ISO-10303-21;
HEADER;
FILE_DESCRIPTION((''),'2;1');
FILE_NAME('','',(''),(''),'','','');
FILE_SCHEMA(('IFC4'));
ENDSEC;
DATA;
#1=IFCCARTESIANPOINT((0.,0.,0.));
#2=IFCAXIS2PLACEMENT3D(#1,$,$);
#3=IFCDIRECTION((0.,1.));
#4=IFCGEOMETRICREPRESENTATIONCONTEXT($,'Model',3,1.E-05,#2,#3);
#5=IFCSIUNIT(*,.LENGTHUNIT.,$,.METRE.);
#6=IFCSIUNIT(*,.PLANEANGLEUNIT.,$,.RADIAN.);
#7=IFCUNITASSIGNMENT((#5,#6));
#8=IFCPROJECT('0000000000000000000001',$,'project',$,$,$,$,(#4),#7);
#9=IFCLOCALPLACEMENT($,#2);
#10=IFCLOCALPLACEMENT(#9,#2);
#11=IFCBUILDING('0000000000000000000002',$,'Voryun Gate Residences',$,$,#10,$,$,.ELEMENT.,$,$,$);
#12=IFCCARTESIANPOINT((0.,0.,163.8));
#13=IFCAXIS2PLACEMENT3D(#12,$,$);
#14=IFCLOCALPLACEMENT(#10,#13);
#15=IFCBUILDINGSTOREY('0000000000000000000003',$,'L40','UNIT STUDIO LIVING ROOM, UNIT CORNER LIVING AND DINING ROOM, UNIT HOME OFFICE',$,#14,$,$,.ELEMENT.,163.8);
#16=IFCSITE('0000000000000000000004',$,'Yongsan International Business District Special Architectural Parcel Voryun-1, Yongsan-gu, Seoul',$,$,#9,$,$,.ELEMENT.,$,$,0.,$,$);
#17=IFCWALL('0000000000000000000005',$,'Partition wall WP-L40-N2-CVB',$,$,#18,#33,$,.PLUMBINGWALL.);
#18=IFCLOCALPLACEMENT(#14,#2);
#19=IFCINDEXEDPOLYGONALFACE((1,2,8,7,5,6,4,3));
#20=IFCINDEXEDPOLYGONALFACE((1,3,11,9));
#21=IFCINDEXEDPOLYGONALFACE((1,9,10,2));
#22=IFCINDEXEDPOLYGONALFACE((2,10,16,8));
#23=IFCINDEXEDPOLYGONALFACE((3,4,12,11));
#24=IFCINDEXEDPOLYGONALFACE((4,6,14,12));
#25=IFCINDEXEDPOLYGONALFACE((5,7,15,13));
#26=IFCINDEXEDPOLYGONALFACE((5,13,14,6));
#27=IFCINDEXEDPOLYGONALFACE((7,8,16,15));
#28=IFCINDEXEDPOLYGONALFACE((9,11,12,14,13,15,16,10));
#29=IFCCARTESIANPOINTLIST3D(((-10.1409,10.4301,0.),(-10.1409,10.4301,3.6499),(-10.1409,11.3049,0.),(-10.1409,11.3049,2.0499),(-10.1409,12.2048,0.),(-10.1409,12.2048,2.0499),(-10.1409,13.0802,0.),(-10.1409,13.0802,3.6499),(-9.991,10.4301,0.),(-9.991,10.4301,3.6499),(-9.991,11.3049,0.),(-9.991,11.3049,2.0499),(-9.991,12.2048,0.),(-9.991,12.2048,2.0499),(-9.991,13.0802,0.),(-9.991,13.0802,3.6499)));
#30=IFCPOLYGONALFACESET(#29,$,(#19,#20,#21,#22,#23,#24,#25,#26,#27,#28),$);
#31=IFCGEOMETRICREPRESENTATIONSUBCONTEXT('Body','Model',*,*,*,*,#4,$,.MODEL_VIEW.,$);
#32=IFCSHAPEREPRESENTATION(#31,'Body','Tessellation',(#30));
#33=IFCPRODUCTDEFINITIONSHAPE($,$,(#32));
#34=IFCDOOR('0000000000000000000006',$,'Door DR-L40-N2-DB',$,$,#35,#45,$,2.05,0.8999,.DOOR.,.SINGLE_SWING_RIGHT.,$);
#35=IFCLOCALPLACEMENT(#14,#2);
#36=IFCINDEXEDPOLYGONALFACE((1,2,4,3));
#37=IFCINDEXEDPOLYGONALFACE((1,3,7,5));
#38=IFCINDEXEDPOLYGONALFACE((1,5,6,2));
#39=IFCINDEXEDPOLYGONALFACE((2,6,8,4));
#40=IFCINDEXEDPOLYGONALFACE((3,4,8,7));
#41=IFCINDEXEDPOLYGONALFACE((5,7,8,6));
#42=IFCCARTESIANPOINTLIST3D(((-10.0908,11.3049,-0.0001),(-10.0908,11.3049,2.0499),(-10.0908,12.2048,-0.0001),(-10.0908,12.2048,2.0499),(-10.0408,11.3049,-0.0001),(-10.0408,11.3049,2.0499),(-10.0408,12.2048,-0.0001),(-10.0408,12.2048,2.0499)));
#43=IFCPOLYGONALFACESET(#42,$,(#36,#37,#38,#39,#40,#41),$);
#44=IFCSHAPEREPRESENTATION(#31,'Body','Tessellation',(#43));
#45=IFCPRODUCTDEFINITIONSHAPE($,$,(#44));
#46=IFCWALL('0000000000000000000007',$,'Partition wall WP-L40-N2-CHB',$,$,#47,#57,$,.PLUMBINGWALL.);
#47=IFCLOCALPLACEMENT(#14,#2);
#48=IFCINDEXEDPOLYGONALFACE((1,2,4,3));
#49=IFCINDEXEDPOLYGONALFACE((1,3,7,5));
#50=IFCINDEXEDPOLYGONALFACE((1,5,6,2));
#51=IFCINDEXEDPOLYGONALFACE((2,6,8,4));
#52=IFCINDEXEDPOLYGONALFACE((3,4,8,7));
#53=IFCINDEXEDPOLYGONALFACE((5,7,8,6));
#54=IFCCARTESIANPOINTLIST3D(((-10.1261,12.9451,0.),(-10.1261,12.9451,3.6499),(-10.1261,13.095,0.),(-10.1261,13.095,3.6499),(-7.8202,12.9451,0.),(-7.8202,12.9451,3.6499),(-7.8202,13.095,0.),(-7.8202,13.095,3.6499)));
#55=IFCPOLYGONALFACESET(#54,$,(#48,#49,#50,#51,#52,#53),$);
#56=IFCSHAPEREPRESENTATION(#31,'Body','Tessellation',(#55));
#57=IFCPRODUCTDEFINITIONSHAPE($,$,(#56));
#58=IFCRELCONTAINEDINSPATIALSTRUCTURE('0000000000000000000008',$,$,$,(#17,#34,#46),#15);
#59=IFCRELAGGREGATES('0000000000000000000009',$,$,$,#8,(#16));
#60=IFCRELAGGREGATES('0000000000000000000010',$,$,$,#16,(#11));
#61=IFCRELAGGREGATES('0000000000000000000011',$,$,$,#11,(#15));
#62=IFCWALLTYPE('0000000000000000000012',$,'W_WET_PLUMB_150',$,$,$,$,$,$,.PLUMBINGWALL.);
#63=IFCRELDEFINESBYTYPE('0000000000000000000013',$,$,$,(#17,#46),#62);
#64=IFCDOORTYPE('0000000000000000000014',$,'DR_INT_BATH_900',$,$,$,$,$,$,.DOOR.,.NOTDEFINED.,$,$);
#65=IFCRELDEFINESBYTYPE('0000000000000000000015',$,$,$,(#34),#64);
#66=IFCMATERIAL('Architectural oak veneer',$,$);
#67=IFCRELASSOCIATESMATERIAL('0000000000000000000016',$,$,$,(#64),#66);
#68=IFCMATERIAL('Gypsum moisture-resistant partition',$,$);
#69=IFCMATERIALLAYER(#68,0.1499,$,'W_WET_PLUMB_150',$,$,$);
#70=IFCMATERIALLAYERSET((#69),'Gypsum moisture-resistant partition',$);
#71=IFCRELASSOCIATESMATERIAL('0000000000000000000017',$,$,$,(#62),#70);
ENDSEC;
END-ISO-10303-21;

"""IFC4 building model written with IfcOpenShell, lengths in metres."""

from ifc_helpers import new_model, si_unit, direction, frame, frame_2d, origin, place, context, subcontext, project, spatial, rectangle, extrude, material, layer, layer_set, type_object, element, fill, save


model = new_model("IFC4")

# Units and contexts
model_context = context("Model", 3, precision=1e-05, world=origin(), true_north=direction((0.0, 1.0)))
body_context = subcontext(model_context, "Body", "Model", "MODEL_VIEW")
ifc_project = project(units=[si_unit("LENGTHUNIT", "METRE"), si_unit("PLANEANGLEUNIT", "RADIAN")], contexts=[model_context])

# Site, building, storey
site_placement = place(None, origin())
site = spatial("IfcSite", under=ifc_project, at=site_placement, Name="Yongsan International Business District Special Architectural Parcel Voryun-1, Yongsan-gu, Seoul", CompositionType="ELEMENT", RefElevation=0.0)
building_placement = place(site_placement, origin())
building = spatial("IfcBuilding", under=site, at=building_placement, Name="Voryun Gate Residences", CompositionType="ELEMENT")
storey_placement = place(building_placement, frame((0.0, 0.0, 163.8)))
storey = spatial("IfcBuildingStorey", under=building, at=storey_placement, Name="L40", Description="UNIT STUDIO LIVING ROOM, UNIT CORNER LIVING AND DINING ROOM, UNIT HOME OFFICE", CompositionType="ELEMENT", Elevation=163.8)

# Shared definitions
ifc_material_1 = material(Name="Architectural oak veneer")
door_type = type_object("IfcDoorType", Name="DR_INT_BATH_900", OperationType="NOTDEFINED", PredefinedType="DOOR", material=ifc_material_1)

# Wall, opening, door
ifc_material_2 = material(Name="Gypsum moisture-resistant partition")
ifc_layer_1 = layer(ifc_material_2, 0.1499, Name="W_WET_PLUMB_150")
ifc_layer_set_1 = layer_set([ifc_layer_1], Name="Gypsum moisture-resistant partition")
wall_type_1 = type_object("IfcWallType", Name="W_WET_PLUMB_150", PredefinedType="PLUMBINGWALL", material=ifc_layer_set_1)
wall_1_placement = place(storey_placement, frame((-10.0659, 10.4299, 0.0), z_axis=(0.0, 0.0, 1.0), x_axis=(0.0, 1.0, 0.0)))
wall_1 = element("IfcWall", 1, at=wall_1_placement, inside=storey, type_object=wall_type_1, Name="Partition wall WP-L40-N2-CVB", PredefinedType="PLUMBINGWALL", context=body_context, shape_type="SweptSolid", body=[
    extrude(rectangle(XDim=2.6501, YDim=0.1499, at=frame_2d((1.3252, 0.0))), origin(), (0.0, 0.0, 1.0), 3.6499),
])
opening_1_placement = place(wall_1_placement, frame((0.875, 0.0, 0.0)))
opening_1 = element("IfcOpeningElement", 2, at=opening_1_placement, cuts=wall_1, PredefinedType="OPENING", context=body_context, shape_type="SweptSolid", body=[
    extrude(rectangle(XDim=0.8999, YDim=2.05, at=frame_2d((0.45, 1.0249))), frame((0.0, 0.085, 0.0), z_axis=(0.0, -1.0, 0.0), x_axis=(1.0, 0.0, 0.0)), (0.0, 0.0, 1.0), 0.1699),
])
door_1_placement = place(opening_1_placement, origin())
door_1 = element("IfcDoor", 3, at=door_1_placement, inside=storey, type_object=door_type, Name="Door DR-L40-N2-DB", OperationType="SINGLE_SWING_RIGHT", OverallHeight=2.05, OverallWidth=0.8999, PredefinedType="DOOR", context=body_context, shape_type="SweptSolid", body=[
    extrude(rectangle(XDim=0.8999, YDim=2.05, at=frame_2d((0.45, 1.0249))), frame((0.0, 0.0249, 0.0), z_axis=(0.0, -1.0, 0.0), x_axis=(1.0, 0.0, 0.0)), (0.0, 0.0, 1.0), 0.05),
])
fill(opening_1, door_1)

# Wall
wall_2_placement = place(storey_placement, frame((-10.126, 13.02, 0.0), z_axis=(0.0, 0.0, 1.0), x_axis=(1.0, 0.0, 0.0)))
element("IfcWall", 4, at=wall_2_placement, inside=storey, type_object=wall_type_1, Name="Partition wall WP-L40-N2-CHB", PredefinedType="PLUMBINGWALL", context=body_context, shape_type="SweptSolid", body=[
    extrude(rectangle(XDim=2.3059, YDim=0.1499, at=frame_2d((1.1528, 0.0))), origin(), (0.0, 0.0, 1.0), 3.6499),
])

save(model, "model.ifc")
